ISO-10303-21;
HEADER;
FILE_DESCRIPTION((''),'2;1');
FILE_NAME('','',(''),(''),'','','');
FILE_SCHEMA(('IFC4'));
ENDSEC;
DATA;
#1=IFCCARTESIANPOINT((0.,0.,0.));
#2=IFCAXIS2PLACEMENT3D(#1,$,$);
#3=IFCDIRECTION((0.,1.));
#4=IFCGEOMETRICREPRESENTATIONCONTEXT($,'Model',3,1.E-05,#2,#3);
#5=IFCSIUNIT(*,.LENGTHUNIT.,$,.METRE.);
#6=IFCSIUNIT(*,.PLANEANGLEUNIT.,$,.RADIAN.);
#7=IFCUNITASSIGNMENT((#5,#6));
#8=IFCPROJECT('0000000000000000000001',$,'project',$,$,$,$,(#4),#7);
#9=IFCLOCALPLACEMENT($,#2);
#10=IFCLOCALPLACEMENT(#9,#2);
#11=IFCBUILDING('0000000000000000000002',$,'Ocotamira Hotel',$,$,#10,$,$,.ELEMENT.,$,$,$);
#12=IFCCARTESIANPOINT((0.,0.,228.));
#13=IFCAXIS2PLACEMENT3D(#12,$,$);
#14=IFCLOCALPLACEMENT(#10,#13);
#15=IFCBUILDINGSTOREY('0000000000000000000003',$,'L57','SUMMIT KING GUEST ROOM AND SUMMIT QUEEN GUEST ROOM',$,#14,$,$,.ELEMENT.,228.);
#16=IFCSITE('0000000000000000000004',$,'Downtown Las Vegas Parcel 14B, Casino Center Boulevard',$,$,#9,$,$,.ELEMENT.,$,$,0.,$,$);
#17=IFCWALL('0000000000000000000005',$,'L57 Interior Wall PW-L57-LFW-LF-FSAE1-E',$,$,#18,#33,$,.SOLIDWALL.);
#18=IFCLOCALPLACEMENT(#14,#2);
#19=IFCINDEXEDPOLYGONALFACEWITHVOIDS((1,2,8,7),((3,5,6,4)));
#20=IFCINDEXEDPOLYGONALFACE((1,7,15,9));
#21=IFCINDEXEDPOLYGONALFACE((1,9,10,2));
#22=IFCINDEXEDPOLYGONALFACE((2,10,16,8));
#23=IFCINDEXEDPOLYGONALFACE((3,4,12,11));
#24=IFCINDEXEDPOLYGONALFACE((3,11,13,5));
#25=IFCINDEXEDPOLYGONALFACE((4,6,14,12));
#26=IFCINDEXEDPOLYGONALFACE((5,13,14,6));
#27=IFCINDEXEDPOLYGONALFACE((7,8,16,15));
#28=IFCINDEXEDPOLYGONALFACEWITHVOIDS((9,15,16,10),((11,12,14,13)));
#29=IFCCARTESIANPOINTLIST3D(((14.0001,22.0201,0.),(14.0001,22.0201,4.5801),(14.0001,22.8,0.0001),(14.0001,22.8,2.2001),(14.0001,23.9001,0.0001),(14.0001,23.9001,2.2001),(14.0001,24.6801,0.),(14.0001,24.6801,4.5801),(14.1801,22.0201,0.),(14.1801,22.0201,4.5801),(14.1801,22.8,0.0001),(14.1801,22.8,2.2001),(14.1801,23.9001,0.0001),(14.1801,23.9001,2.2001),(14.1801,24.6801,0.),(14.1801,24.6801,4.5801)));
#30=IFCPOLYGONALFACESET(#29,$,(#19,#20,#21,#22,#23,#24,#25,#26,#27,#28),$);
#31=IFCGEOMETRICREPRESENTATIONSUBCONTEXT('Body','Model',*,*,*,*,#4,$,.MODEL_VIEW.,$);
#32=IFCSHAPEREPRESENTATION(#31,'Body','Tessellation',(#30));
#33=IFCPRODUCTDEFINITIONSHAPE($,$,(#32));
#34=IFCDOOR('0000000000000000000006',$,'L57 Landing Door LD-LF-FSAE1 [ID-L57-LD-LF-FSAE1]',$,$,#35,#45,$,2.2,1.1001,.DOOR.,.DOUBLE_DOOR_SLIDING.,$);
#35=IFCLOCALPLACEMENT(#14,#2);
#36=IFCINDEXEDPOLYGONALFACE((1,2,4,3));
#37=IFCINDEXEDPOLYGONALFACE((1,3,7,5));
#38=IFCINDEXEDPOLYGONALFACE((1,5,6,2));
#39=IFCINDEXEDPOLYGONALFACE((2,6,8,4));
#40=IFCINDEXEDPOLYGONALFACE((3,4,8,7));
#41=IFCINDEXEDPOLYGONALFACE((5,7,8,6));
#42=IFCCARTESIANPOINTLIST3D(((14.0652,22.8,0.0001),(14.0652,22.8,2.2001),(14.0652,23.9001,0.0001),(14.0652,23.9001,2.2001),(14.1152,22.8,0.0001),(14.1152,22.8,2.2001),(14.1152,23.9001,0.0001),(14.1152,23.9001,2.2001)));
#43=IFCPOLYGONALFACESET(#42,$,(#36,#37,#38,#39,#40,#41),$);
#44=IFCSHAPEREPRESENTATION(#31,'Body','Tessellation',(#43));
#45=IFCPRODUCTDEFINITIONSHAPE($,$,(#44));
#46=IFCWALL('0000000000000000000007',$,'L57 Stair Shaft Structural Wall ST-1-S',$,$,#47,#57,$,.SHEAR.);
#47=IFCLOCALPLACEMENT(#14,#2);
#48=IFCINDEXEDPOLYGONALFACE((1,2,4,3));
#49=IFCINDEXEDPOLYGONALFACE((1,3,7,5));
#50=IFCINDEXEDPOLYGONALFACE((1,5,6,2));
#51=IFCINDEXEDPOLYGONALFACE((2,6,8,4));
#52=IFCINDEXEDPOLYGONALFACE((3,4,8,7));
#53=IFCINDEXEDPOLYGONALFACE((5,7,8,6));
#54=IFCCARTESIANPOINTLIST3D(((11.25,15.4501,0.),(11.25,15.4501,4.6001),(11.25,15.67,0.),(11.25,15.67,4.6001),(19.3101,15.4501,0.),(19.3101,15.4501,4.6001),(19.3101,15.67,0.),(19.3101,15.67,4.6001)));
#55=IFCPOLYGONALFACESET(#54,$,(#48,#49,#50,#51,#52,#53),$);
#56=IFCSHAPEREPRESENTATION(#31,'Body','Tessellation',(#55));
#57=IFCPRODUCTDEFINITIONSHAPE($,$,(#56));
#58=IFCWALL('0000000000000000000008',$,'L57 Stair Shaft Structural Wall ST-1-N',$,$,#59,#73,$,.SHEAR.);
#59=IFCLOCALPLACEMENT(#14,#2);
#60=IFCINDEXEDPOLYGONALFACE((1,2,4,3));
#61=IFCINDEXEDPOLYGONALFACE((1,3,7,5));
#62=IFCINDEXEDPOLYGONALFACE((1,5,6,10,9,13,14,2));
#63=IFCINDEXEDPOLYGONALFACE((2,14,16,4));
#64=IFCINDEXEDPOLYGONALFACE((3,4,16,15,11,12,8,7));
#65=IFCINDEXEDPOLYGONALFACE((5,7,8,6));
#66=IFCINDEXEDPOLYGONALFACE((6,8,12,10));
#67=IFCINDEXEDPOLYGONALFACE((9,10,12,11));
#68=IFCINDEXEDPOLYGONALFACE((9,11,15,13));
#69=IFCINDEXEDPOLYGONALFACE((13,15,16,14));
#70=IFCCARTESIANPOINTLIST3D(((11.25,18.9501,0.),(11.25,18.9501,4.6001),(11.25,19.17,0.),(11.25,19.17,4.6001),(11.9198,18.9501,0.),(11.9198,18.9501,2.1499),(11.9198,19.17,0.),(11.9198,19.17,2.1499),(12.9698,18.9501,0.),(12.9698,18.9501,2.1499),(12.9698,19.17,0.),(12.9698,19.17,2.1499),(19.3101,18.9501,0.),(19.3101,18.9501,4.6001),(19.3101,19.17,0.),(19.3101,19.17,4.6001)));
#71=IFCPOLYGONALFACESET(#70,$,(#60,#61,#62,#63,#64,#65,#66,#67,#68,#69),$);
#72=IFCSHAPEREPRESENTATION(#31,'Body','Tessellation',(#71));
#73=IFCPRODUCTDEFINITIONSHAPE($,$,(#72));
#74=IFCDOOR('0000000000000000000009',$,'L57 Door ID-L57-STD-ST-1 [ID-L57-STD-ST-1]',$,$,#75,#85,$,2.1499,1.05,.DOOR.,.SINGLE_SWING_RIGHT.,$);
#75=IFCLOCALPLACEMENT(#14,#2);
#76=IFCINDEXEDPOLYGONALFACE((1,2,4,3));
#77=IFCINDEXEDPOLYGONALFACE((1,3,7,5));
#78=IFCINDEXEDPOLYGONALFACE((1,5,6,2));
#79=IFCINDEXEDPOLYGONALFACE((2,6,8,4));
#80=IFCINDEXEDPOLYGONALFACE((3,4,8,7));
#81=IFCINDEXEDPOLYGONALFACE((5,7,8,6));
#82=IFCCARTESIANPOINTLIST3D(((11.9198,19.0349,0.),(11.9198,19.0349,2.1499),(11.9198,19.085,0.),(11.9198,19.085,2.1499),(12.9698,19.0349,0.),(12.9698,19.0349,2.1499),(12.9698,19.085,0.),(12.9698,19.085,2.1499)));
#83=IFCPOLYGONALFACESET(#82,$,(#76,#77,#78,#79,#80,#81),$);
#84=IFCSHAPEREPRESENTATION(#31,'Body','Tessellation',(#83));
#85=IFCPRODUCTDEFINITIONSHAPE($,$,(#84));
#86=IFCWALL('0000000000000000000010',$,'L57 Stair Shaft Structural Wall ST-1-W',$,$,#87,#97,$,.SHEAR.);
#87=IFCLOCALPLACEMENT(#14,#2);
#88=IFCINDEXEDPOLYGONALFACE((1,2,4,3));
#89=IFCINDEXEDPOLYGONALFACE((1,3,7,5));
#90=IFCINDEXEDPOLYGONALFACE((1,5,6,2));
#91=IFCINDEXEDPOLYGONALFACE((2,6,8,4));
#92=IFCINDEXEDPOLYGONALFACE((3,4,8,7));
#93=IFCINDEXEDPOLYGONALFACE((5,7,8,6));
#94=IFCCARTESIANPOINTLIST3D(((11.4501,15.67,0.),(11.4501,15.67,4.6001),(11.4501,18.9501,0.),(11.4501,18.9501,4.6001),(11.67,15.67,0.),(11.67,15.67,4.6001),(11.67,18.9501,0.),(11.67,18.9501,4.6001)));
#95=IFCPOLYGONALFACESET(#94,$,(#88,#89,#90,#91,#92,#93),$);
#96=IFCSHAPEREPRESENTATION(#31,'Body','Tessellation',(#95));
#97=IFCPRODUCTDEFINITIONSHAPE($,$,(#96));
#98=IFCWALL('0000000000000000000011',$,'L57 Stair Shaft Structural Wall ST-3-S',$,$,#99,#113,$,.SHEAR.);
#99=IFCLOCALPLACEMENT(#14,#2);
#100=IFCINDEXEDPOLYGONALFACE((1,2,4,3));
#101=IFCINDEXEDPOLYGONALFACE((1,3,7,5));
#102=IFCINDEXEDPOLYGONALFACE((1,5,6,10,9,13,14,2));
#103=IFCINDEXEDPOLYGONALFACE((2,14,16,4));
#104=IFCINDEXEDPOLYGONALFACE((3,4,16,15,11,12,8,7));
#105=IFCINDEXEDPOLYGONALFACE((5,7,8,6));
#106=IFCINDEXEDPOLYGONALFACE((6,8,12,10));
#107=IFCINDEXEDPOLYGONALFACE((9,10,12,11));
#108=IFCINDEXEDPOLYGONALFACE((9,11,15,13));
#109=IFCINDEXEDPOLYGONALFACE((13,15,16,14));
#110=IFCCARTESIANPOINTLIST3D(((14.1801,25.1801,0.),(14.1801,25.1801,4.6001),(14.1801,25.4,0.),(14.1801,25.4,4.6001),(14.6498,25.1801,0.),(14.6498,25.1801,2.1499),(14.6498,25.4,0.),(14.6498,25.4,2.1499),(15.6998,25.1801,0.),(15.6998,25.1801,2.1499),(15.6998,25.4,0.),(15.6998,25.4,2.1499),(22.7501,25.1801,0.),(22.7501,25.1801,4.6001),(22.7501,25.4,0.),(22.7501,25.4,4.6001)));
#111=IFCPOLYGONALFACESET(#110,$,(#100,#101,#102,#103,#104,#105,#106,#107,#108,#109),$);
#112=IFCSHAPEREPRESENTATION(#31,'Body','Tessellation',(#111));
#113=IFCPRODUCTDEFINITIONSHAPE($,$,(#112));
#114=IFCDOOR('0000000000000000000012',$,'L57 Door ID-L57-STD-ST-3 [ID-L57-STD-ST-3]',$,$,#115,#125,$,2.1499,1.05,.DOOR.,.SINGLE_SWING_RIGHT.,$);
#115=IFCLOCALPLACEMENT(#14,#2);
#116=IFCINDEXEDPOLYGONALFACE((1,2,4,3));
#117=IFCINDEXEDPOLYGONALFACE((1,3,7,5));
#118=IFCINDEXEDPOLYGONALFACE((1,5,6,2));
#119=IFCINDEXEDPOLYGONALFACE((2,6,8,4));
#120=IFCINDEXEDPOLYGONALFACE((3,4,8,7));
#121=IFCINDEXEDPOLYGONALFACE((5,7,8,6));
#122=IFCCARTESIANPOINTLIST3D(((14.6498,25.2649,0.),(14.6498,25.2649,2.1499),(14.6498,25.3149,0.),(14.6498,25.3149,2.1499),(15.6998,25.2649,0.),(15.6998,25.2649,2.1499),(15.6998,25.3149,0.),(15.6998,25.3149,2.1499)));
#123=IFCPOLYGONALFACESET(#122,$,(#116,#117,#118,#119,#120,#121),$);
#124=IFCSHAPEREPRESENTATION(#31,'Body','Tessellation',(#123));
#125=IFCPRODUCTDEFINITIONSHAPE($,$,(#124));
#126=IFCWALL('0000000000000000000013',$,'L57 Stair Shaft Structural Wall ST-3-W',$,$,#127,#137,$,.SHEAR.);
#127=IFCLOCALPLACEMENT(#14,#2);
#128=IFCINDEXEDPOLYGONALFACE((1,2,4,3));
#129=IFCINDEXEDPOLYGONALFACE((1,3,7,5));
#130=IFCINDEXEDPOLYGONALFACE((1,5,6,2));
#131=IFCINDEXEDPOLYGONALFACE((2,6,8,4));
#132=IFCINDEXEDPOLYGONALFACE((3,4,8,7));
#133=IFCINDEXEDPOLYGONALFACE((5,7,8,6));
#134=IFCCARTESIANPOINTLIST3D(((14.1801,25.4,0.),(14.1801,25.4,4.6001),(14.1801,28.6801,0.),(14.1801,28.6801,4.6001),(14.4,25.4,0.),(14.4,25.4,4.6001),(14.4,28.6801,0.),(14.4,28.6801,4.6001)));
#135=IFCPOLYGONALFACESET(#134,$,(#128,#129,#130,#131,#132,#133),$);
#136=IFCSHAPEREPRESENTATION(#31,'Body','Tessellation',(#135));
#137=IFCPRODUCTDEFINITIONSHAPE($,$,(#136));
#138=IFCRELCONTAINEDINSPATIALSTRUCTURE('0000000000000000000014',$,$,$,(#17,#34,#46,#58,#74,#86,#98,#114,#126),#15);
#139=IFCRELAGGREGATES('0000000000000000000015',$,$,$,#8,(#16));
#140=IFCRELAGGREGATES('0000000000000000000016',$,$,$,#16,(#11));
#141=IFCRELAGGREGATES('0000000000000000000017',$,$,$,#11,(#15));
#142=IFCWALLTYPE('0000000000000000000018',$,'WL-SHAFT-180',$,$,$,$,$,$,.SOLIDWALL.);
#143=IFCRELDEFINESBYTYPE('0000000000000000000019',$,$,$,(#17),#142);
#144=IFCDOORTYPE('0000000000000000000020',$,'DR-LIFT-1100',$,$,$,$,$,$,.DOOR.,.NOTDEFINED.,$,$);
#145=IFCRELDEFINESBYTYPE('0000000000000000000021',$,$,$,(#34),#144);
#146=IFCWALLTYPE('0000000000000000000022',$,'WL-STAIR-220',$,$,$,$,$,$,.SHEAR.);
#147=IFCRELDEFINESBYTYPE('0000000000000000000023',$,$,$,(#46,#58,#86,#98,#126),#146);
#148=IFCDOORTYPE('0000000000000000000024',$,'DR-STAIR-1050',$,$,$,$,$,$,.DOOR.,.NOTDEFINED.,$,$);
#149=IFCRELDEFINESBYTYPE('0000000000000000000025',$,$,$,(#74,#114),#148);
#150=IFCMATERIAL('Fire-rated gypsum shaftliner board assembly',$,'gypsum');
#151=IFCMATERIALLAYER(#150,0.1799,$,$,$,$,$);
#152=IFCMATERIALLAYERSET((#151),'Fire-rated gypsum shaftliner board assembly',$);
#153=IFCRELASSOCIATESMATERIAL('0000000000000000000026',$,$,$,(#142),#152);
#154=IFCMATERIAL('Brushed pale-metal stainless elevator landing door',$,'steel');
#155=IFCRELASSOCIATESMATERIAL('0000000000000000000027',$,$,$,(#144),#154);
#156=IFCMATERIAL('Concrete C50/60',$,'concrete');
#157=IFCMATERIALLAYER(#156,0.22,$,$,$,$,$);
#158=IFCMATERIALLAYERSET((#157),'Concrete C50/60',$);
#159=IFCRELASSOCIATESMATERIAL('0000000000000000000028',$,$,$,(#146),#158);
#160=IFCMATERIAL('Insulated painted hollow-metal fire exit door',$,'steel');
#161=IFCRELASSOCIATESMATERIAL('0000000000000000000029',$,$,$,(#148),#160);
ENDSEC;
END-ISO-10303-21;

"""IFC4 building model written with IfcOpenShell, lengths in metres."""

from ifc_helpers import new_model, si_unit, direction, frame, frame_2d, origin, place, context, subcontext, project, spatial, rectangle, extrude, source, transform, mapped, material, layer, layer_set, type_object, element, fill, save


model = new_model("IFC4")

# Units and contexts
model_context = context("Model", 3, precision=1e-05, world=origin(), true_north=direction((0.0, 1.0)))
body_context = subcontext(model_context, "Body", "Model", "MODEL_VIEW")
ifc_project = project(units=[si_unit("LENGTHUNIT", "METRE"), si_unit("PLANEANGLEUNIT", "RADIAN")], contexts=[model_context])

# Site, building, storey
site_placement = place(None, origin())
site = spatial("IfcSite", under=ifc_project, at=site_placement, Name="Downtown Las Vegas Parcel 14B, Casino Center Boulevard", CompositionType="ELEMENT", RefElevation=0.0)
building_placement = place(site_placement, origin())
building = spatial("IfcBuilding", under=site, at=building_placement, Name="Ocotamira Hotel", CompositionType="ELEMENT")
storey_placement = place(building_placement, frame((0.0, 0.0, 228.0)))
storey = spatial("IfcBuildingStorey", under=building, at=storey_placement, Name="L57", Description="SUMMIT KING GUEST ROOM AND SUMMIT QUEEN GUEST ROOM", CompositionType="ELEMENT", Elevation=228.0)

# Shared definitions
ifc_material_1 = material(Name="Concrete C50/60", Category="concrete")

# Shared definitions
ifc_material_2 = material(Name="Fire-rated gypsum shaftliner board assembly", Category="gypsum")
ifc_layer_1 = layer(ifc_material_2, 0.1799)
ifc_layer_set_1 = layer_set([ifc_layer_1], Name="Fire-rated gypsum shaftliner board assembly")
wall_type_1 = type_object("IfcWallType", Name="WL-SHAFT-180", PredefinedType="SOLIDWALL", material=ifc_layer_set_1)

# Wall, opening, door
wall_1_placement = place(storey_placement, frame((14.0901, 22.02, 0.0), z_axis=(0.0, 0.0, 1.0), x_axis=(0.0, 1.0, 0.0)))
wall_1 = element("IfcWall", 1, at=wall_1_placement, inside=storey, type_object=wall_type_1, Name="L57 Interior Wall PW-L57-LFW-LF-FSAE1-E", PredefinedType="SOLIDWALL", context=body_context, shape_type="SweptSolid", body=[
    extrude(rectangle(XDim=2.6599, YDim=0.1799, at=frame_2d((1.3301, 0.0))), origin(), (0.0, 0.0, 1.0), 4.5801),
])
opening_1_placement = place(wall_1_placement, frame((0.78, 0.0, 0.0)))
opening_1 = element("IfcOpeningElement", 2, at=opening_1_placement, cuts=wall_1, PredefinedType="OPENING", context=body_context, shape_type="SweptSolid", body=[
    extrude(rectangle(XDim=1.1001, YDim=2.2, at=frame_2d((0.55, 1.1001))), frame((0.0, 0.1001, 0.0), z_axis=(0.0, -1.0, 0.0), x_axis=(1.0, 0.0, 0.0)), (0.0, 0.0, 1.0), 0.2),
])
ifc_material_3 = material(Name="Brushed pale-metal stainless elevator landing door", Category="steel")
door_type_1 = type_object("IfcDoorType", Name="DR-LIFT-1100", OperationType="NOTDEFINED", PredefinedType="DOOR", material=ifc_material_3)
shared_shape_1 = source(origin(), body_context, "Body", "SweptSolid", [
    extrude(rectangle(XDim=1.1001, YDim=2.2, at=frame_2d((0.55, 1.1001))), frame((0.0, 0.0249, 0.0), z_axis=(0.0, -1.0, 0.0), x_axis=(1.0, 0.0, 0.0)), (0.0, 0.0, 1.0), 0.05),
])
door_1_placement = place(opening_1_placement, origin())
door_1 = element("IfcDoor", 3, at=door_1_placement, inside=storey, type_object=door_type_1, Name="L57 Landing Door LD-LF-FSAE1 [ID-L57-LD-LF-FSAE1]", OperationType="DOUBLE_DOOR_SLIDING", OverallHeight=2.2, OverallWidth=1.1001, PredefinedType="DOOR", context=body_context, shape_type="MappedRepresentation", body=[
    mapped(shared_shape_1, transform((0.0, 0.0, 0.0), scale=1.0)),
])
fill(opening_1, door_1)

# Wall
ifc_layer_2 = layer(ifc_material_1, 0.22)
ifc_layer_set_2 = layer_set([ifc_layer_2], Name="Concrete C50/60")
wall_type_2 = type_object("IfcWallType", Name="WL-STAIR-220", PredefinedType="SHEAR", material=ifc_layer_set_2)
wall_2_placement = place(storey_placement, frame((11.25, 15.5601, 0.0), z_axis=(0.0, 0.0, 1.0), x_axis=(1.0, 0.0, 0.0)))
element("IfcWall", 4, at=wall_2_placement, inside=storey, type_object=wall_type_2, Name="L57 Stair Shaft Structural Wall ST-1-S", PredefinedType="SHEAR", context=body_context, shape_type="SweptSolid", body=[
    extrude(rectangle(XDim=8.0601, YDim=0.22, at=frame_2d((4.03, 0.0))), origin(), (0.0, 0.0, 1.0), 4.6001),
])

# Wall, opening, door
wall_3_placement = place(storey_placement, frame((11.25, 19.0601, 0.0), z_axis=(0.0, 0.0, 1.0), x_axis=(1.0, 0.0, 0.0)))
wall_3 = element("IfcWall", 5, at=wall_3_placement, inside=storey, type_object=wall_type_2, Name="L57 Stair Shaft Structural Wall ST-1-N", PredefinedType="SHEAR", context=body_context, shape_type="SweptSolid", body=[
    extrude(rectangle(XDim=8.0601, YDim=0.22, at=frame_2d((4.03, 0.0))), origin(), (0.0, 0.0, 1.0), 4.6001),
])
opening_2_placement = place(wall_3_placement, frame((0.6699, 0.0, 0.0)))
opening_2 = element("IfcOpeningElement", 6, at=opening_2_placement, cuts=wall_3, PredefinedType="OPENING", context=body_context, shape_type="SweptSolid", body=[
    extrude(rectangle(XDim=1.05, YDim=2.1499, at=frame_2d((0.5249, 1.075))), frame((0.0, 0.1201, 0.0), z_axis=(0.0, -1.0, 0.0), x_axis=(1.0, 0.0, 0.0)), (0.0, 0.0, 1.0), 0.24),
])
ifc_material_4 = material(Name="Insulated painted hollow-metal fire exit door", Category="steel")
door_type_2 = type_object("IfcDoorType", Name="DR-STAIR-1050", OperationType="NOTDEFINED", PredefinedType="DOOR", material=ifc_material_4)
shared_shape_2 = source(origin(), body_context, "Body", "SweptSolid", [
    extrude(rectangle(XDim=1.05, YDim=2.1499, at=frame_2d((0.5249, 1.075))), frame((0.0, 0.0249, 0.0), z_axis=(0.0, -1.0, 0.0), x_axis=(1.0, 0.0, 0.0)), (0.0, 0.0, 1.0), 0.05),
])
door_2_placement = place(opening_2_placement, origin())
door_2 = element("IfcDoor", 7, at=door_2_placement, inside=storey, type_object=door_type_2, Name="L57 Door ID-L57-STD-ST-1 [ID-L57-STD-ST-1]", OperationType="SINGLE_SWING_RIGHT", OverallHeight=2.1499, OverallWidth=1.05, PredefinedType="DOOR", context=body_context, shape_type="MappedRepresentation", body=[
    mapped(shared_shape_2, transform((0.0, 0.0, 0.0), scale=1.0)),
])
fill(opening_2, door_2)

# Wall
wall_4_placement = place(storey_placement, frame((11.5601, 15.6699, 0.0), z_axis=(0.0, 0.0, 1.0), x_axis=(0.0, 1.0, 0.0)))
element("IfcWall", 8, at=wall_4_placement, inside=storey, type_object=wall_type_2, Name="L57 Stair Shaft Structural Wall ST-1-W", PredefinedType="SHEAR", context=body_context, shape_type="SweptSolid", body=[
    extrude(rectangle(XDim=3.28, YDim=0.22, at=frame_2d((1.6401, 0.0))), origin(), (0.0, 0.0, 1.0), 4.6001),
])

# Wall, opening, door
wall_5_placement = place(storey_placement, frame((14.1799, 25.29, 0.0), z_axis=(0.0, 0.0, 1.0), x_axis=(1.0, 0.0, 0.0)))
wall_5 = element("IfcWall", 9, at=wall_5_placement, inside=storey, type_object=wall_type_2, Name="L57 Stair Shaft Structural Wall ST-3-S", PredefinedType="SHEAR", context=body_context, shape_type="SweptSolid", body=[
    extrude(rectangle(XDim=8.5701, YDim=0.22, at=frame_2d((4.2852, 0.0))), origin(), (0.0, 0.0, 1.0), 4.6001),
])
opening_3_placement = place(wall_5_placement, frame((0.47, 0.0, 0.0)))
opening_3 = element("IfcOpeningElement", 10, at=opening_3_placement, cuts=wall_5, PredefinedType="OPENING", context=body_context, shape_type="SweptSolid", body=[
    extrude(rectangle(XDim=1.05, YDim=2.1499, at=frame_2d((0.5249, 1.075))), frame((0.0, 0.1201, 0.0), z_axis=(0.0, -1.0, 0.0), x_axis=(1.0, 0.0, 0.0)), (0.0, 0.0, 1.0), 0.24),
])
door_3_placement = place(opening_3_placement, origin())
door_3 = element("IfcDoor", 11, at=door_3_placement, inside=storey, type_object=door_type_2, Name="L57 Door ID-L57-STD-ST-3 [ID-L57-STD-ST-3]", OperationType="SINGLE_SWING_RIGHT", OverallHeight=2.1499, OverallWidth=1.05, PredefinedType="DOOR", context=body_context, shape_type="MappedRepresentation", body=[
    mapped(shared_shape_2, transform((0.0, 0.0, 0.0), scale=1.0)),
])
fill(opening_3, door_3)

# Wall
wall_6_placement = place(storey_placement, frame((14.29, 25.3999, 0.0), z_axis=(0.0, 0.0, 1.0), x_axis=(0.0, 1.0, 0.0)))
element("IfcWall", 12, at=wall_6_placement, inside=storey, type_object=wall_type_2, Name="L57 Stair Shaft Structural Wall ST-3-W", PredefinedType="SHEAR", context=body_context, shape_type="SweptSolid", body=[
    extrude(rectangle(XDim=3.28, YDim=0.22, at=frame_2d((1.6401, 0.0))), origin(), (0.0, 0.0, 1.0), 4.6001),
])

save(model, "model.ifc")
